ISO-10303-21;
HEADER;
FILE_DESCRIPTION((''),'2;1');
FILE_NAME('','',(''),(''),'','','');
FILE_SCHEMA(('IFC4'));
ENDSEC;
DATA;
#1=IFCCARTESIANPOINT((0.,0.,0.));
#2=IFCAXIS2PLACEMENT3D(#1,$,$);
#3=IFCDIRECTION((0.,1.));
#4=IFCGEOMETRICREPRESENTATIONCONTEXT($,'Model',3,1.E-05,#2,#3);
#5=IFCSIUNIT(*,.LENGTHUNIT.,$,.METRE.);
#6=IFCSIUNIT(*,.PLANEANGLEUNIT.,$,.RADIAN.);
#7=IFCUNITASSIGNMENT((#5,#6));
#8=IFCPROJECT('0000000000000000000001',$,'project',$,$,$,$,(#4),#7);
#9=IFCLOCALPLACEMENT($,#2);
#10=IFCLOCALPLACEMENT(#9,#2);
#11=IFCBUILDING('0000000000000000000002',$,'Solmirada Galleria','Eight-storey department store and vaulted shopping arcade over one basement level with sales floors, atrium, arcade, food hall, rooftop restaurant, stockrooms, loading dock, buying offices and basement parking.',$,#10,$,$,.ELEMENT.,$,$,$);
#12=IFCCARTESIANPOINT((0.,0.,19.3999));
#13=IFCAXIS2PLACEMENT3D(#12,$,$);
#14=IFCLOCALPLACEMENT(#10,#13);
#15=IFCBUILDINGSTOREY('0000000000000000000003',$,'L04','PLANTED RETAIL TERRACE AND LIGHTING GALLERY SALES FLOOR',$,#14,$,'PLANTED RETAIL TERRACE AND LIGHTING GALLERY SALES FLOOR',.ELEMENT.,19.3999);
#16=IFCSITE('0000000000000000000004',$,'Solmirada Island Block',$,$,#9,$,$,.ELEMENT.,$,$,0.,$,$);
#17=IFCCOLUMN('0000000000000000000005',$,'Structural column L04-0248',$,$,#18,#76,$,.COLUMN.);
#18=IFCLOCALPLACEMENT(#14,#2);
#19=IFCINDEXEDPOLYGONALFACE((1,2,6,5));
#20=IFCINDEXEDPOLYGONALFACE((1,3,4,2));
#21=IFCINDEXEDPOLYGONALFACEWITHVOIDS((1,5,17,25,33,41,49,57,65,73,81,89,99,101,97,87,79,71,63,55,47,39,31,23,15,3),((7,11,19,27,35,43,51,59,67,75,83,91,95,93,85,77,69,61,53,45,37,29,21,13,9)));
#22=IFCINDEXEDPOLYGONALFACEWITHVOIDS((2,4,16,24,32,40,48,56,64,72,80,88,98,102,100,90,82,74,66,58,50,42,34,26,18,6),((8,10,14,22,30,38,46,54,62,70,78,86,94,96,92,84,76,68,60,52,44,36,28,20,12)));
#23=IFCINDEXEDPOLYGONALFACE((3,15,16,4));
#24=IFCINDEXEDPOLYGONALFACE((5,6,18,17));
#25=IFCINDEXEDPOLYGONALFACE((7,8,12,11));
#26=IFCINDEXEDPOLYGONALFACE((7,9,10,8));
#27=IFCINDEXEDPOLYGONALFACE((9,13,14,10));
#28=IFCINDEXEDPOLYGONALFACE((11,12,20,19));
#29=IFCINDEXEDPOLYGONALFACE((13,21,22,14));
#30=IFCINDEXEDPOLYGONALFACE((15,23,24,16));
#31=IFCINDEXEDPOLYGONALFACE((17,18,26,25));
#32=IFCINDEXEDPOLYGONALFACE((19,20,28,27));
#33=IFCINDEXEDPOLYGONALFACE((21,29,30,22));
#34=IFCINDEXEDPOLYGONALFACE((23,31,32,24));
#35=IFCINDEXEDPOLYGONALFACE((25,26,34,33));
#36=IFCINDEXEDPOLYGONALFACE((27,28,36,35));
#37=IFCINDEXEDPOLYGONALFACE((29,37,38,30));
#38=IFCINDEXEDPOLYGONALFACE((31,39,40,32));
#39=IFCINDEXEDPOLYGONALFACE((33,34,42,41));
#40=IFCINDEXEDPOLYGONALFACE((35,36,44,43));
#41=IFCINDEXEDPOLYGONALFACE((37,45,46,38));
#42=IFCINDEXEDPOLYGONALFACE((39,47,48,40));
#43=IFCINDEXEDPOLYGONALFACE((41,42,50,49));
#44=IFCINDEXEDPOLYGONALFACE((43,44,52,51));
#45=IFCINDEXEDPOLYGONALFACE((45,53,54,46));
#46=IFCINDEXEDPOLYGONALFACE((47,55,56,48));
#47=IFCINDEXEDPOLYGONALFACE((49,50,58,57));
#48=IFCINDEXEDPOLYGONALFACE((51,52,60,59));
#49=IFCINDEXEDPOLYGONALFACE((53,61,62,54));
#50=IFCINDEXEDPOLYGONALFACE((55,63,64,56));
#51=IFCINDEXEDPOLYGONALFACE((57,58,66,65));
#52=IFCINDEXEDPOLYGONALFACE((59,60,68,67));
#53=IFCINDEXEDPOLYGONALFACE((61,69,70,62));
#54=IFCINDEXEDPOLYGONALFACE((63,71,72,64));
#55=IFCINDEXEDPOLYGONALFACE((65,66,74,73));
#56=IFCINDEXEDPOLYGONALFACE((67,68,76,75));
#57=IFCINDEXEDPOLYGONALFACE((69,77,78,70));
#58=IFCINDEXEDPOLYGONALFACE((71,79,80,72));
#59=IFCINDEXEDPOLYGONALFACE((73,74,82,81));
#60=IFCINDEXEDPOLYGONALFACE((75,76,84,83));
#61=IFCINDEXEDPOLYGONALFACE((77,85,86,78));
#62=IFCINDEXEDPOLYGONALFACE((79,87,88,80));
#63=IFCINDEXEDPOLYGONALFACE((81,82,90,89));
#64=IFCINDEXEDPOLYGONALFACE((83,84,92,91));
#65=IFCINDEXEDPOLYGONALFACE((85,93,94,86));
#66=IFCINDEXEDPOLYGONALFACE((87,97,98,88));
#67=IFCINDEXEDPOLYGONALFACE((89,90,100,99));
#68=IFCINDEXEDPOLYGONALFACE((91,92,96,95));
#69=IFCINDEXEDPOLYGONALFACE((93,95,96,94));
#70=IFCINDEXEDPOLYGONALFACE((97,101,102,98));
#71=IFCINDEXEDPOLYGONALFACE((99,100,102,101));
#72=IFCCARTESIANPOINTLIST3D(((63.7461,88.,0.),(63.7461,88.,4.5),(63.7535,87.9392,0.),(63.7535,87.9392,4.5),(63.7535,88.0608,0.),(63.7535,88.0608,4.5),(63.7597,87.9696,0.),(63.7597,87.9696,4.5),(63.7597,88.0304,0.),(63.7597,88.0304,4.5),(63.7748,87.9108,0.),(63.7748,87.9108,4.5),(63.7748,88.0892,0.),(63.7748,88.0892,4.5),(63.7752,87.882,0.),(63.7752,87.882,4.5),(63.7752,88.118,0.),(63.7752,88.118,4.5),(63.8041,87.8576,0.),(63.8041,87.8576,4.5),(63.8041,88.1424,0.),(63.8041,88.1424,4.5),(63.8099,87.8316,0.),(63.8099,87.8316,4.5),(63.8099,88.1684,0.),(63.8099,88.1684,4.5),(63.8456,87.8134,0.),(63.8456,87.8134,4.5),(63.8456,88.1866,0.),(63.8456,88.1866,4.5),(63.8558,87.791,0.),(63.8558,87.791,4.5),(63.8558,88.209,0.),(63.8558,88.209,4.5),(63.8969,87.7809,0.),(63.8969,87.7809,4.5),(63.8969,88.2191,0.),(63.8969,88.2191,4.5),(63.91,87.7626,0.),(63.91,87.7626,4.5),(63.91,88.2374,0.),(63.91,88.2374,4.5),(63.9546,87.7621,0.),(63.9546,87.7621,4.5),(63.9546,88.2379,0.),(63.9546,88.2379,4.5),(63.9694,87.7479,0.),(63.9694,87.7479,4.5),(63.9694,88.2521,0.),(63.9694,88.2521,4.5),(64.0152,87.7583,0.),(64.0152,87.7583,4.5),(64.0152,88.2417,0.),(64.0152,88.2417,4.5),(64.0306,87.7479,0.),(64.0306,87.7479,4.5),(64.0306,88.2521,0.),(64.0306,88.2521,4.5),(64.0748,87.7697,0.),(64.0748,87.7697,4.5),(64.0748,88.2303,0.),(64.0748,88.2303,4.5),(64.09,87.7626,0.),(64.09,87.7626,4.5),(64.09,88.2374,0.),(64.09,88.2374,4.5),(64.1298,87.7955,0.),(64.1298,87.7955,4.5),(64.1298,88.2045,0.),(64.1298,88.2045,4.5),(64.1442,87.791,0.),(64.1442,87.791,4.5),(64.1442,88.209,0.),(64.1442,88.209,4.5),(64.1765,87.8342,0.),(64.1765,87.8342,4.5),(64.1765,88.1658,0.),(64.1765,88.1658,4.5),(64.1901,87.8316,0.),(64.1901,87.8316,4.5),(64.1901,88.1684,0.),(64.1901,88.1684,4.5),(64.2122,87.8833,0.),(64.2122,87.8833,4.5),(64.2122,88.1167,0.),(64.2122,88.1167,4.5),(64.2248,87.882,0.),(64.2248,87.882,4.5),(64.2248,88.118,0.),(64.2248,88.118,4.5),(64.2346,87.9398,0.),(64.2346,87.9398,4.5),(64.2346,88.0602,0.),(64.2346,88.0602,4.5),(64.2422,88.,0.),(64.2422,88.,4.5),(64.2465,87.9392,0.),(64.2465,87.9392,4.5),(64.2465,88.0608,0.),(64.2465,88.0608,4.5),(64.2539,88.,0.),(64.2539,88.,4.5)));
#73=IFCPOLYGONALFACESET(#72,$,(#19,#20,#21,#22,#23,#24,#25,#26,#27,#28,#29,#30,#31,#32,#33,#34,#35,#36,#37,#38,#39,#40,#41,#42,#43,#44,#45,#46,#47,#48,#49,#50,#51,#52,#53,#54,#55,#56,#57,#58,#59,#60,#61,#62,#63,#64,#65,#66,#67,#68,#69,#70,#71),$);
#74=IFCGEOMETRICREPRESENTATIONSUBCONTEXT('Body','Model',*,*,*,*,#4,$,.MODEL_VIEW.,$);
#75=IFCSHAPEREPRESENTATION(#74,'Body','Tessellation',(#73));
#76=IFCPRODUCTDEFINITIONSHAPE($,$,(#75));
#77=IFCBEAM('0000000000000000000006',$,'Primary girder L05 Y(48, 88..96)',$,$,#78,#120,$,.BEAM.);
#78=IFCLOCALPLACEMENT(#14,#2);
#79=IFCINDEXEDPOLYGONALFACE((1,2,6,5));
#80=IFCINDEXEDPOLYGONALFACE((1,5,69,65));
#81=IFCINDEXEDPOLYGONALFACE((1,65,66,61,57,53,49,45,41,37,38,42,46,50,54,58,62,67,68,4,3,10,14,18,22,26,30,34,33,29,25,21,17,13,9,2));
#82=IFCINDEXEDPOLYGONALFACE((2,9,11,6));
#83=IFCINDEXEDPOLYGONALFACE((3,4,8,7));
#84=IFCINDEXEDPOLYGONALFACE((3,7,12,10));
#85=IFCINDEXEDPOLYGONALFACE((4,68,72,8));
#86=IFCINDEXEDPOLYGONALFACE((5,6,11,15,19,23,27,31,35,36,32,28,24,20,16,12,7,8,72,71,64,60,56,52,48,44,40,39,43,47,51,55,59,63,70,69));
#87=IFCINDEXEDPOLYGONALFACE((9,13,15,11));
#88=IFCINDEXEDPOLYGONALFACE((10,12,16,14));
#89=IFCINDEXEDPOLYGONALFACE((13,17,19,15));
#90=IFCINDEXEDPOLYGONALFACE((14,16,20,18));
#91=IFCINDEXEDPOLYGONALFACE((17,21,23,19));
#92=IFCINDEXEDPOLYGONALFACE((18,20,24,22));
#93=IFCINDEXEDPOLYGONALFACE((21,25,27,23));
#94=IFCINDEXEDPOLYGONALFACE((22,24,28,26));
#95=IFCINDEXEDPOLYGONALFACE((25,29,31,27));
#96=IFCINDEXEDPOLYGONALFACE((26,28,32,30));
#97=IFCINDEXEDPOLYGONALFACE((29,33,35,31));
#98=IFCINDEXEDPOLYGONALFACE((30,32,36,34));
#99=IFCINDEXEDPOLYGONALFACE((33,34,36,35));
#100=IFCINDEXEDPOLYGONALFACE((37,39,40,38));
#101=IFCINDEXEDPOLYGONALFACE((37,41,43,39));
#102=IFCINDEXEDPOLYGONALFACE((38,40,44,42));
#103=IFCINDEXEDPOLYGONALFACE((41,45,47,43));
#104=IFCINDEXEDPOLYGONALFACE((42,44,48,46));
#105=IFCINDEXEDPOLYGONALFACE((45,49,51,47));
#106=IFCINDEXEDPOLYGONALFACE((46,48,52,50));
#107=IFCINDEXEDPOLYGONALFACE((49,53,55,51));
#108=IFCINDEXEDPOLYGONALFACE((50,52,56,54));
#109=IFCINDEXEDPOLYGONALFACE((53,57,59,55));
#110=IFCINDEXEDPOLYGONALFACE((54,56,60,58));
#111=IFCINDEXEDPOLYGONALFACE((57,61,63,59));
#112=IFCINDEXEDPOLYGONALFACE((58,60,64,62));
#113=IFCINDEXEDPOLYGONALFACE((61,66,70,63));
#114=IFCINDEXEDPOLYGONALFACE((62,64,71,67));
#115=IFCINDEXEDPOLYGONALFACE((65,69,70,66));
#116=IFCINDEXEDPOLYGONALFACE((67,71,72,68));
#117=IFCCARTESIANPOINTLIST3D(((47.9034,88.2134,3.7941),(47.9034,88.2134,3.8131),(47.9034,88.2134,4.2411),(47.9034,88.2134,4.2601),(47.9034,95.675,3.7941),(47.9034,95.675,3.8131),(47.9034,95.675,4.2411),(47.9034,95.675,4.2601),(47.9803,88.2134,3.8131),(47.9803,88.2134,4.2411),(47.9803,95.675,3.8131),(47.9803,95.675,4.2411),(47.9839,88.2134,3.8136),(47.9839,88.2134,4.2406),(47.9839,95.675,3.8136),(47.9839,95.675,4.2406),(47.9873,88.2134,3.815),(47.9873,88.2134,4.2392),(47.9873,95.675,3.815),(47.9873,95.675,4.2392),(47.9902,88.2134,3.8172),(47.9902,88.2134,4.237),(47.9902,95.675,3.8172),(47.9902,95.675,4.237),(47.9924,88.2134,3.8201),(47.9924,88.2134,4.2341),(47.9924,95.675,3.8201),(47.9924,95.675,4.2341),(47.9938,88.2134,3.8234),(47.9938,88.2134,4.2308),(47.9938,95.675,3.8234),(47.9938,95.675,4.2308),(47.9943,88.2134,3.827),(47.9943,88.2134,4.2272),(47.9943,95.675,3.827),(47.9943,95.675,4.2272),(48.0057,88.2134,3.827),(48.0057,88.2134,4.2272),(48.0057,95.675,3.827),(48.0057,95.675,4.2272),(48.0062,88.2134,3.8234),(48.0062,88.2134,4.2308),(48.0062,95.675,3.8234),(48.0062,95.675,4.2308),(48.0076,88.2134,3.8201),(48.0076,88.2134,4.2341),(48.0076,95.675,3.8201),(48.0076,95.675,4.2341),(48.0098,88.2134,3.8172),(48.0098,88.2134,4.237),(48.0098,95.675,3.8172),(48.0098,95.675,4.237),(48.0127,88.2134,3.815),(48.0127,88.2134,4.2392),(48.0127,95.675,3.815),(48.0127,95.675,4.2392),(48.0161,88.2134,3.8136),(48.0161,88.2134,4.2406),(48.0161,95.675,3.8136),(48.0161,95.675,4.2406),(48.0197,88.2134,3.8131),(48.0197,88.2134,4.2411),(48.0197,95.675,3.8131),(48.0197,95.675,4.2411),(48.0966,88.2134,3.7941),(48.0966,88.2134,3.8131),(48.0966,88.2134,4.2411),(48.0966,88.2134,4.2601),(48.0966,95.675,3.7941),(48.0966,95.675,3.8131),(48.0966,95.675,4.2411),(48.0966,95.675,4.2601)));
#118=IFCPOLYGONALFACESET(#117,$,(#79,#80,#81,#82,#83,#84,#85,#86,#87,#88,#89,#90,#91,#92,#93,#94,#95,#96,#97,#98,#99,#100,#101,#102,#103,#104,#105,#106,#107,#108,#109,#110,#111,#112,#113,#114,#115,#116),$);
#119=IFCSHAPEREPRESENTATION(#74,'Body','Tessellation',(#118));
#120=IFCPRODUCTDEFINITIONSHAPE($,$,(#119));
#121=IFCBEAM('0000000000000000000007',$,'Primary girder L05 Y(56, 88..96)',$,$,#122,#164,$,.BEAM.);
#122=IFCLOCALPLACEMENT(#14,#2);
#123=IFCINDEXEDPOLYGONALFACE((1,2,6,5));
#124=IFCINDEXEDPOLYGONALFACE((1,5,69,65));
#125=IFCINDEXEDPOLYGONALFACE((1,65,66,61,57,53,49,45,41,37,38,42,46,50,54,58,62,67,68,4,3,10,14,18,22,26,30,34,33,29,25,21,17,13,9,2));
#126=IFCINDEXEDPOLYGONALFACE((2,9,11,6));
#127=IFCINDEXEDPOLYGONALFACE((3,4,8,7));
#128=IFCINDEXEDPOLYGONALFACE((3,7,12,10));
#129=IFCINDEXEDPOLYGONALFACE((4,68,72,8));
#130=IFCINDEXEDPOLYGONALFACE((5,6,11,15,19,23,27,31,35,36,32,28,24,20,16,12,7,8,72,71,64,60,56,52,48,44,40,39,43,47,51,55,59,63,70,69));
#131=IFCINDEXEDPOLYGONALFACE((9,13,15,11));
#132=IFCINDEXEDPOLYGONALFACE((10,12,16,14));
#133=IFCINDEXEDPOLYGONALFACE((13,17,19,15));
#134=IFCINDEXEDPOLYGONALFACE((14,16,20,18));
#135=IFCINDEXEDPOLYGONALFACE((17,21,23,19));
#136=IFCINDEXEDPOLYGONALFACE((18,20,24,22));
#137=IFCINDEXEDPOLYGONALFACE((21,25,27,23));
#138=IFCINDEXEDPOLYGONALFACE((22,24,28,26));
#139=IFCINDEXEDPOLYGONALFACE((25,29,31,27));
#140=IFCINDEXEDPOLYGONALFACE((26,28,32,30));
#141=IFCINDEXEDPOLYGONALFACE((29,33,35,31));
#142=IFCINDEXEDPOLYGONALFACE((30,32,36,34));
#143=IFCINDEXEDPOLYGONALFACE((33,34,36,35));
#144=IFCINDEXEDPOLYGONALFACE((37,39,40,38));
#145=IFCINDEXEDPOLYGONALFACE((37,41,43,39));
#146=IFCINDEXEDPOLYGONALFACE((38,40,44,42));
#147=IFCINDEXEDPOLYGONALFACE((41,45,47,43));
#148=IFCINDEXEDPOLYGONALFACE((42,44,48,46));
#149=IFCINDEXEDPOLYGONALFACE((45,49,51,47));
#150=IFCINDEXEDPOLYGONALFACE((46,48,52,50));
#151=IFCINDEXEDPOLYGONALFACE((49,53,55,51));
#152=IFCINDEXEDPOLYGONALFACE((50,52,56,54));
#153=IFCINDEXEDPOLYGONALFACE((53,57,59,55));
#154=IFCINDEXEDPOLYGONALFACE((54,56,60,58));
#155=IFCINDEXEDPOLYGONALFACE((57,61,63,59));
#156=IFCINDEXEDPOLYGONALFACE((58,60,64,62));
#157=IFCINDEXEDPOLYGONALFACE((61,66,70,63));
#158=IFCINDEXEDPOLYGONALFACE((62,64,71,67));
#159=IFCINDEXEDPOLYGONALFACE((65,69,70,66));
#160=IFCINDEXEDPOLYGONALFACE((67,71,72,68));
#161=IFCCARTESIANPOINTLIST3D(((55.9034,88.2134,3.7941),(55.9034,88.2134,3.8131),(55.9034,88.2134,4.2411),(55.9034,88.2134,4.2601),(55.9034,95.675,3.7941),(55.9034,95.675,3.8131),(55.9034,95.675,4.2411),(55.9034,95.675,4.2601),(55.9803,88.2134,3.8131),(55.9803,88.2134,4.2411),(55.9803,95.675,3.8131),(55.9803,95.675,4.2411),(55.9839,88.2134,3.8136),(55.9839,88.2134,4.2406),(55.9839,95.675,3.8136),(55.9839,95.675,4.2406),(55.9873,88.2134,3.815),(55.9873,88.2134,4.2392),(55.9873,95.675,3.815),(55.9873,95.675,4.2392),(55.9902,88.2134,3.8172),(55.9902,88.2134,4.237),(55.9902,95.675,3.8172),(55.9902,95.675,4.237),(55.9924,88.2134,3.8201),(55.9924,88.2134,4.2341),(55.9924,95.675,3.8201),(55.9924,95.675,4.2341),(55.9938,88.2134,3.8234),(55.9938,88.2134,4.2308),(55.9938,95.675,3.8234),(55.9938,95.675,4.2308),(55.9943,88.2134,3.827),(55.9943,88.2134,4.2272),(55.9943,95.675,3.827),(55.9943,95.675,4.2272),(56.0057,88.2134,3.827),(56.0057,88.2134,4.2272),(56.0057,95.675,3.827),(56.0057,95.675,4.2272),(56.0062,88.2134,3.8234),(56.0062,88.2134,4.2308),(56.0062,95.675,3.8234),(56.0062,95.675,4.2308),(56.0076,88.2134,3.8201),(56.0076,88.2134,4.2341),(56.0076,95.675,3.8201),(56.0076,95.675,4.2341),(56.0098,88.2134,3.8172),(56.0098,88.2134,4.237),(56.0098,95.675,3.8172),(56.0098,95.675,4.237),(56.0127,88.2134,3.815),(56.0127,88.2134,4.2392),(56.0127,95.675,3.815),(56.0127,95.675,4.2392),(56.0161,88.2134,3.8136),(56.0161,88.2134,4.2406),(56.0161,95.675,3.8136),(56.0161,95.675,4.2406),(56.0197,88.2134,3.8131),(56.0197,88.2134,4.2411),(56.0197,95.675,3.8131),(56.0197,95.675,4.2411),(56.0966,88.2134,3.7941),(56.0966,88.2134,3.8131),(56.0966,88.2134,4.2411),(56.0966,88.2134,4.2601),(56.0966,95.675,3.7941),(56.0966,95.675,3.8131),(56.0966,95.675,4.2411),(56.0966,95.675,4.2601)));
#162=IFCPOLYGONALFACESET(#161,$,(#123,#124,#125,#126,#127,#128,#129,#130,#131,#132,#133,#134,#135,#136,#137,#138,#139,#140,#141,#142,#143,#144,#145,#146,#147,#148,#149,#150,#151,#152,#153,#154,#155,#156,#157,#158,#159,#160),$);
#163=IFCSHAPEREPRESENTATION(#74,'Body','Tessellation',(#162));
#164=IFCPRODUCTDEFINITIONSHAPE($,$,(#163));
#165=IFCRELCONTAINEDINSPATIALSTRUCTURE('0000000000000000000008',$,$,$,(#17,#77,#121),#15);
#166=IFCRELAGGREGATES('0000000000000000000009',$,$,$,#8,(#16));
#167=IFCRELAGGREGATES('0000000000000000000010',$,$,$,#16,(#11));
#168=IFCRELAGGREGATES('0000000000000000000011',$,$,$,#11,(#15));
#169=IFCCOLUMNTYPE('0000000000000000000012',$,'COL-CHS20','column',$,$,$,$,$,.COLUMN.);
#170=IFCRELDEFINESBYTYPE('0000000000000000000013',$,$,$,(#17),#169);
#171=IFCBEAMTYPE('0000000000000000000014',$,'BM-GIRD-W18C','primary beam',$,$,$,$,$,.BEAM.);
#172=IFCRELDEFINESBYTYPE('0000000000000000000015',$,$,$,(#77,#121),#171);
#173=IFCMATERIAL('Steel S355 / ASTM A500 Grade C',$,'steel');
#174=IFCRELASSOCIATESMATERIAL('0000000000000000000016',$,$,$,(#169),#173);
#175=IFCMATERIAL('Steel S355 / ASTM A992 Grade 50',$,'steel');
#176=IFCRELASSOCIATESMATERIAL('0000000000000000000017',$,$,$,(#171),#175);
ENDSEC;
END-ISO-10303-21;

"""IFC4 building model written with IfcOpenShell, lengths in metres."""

from ifc_helpers import new_model, si_unit, direction, frame, origin, origin_2d, place, context, subcontext, project, spatial, hollow_circle, i_section, extrude, material, material_profile, profile_set, type_object, element, save


model = new_model("IFC4")

# Units and contexts
model_context = context("Model", 3, precision=1e-05, world=origin(), true_north=direction((0.0, 1.0)))
body_context = subcontext(model_context, "Body", "Model", "MODEL_VIEW")
ifc_project = project(units=[si_unit("LENGTHUNIT", "METRE"), si_unit("PLANEANGLEUNIT", "RADIAN")], contexts=[model_context])

# Site, building, storey
site_placement = place(None, origin())
site = spatial("IfcSite", under=ifc_project, at=site_placement, Name="Solmirada Island Block", CompositionType="ELEMENT", RefElevation=0.0)
building_placement = place(site_placement, origin())
building = spatial("IfcBuilding", under=site, at=building_placement, Name="Solmirada Galleria", Description="Eight-storey department store and vaulted shopping arcade over one basement level with sales floors, atrium, arcade, food hall, rooftop restaurant, stockrooms, loading dock, buying offices and basement parking.", CompositionType="ELEMENT")
storey_placement = place(building_placement, frame((0.0, 0.0, 19.3999)))
storey = spatial("IfcBuildingStorey", under=building, at=storey_placement, Name="L04", Description="PLANTED RETAIL TERRACE AND LIGHTING GALLERY SALES FLOOR", LongName="PLANTED RETAIL TERRACE AND LIGHTING GALLERY SALES FLOOR", CompositionType="ELEMENT", Elevation=19.3999)

# Column
ifc_material_1 = material(Name="Steel S355 / ASTM A500 Grade C", Category="steel")
ifc_material_profile_1 = material_profile(ifc_material_1, hollow_circle(Radius=0.2539, WallThickness=0.0117, at=origin_2d()), Name="HSS20.000X0.500")
ifc_profile_set_1 = profile_set([ifc_material_profile_1], Name="Steel S355 / ASTM A500 Grade C")
column_type = type_object("IfcColumnType", Name="COL-CHS20", Description="column", PredefinedType="COLUMN", material=ifc_profile_set_1)
for number, where, z_axis, x_axis, name in (
    (1, (64.0, 88.0, 0.0), (0.0, 0.0, 1.0), (1.0, 0.0, 0.0), "Structural column L04-0248"),
):
    element("IfcColumn", number, at=place(storey_placement, frame(where, z_axis=z_axis, x_axis=x_axis)), inside=storey, type_object=column_type, Name=name, PredefinedType="COLUMN", context=body_context, shape_type="SweptSolid", body=[
        extrude(hollow_circle(Radius=0.2539, WallThickness=0.0117, at=origin_2d()), origin(), (0.0, 0.0, 1.0), 4.5),
    ])

# Beams
ifc_material_2 = material(Name="Steel S355 / ASTM A992 Grade 50", Category="steel")
ifc_material_profile_2 = material_profile(ifc_material_2, i_section(OverallWidth=0.1931, OverallDepth=0.4661, WebThickness=0.0115, FlangeThickness=0.019, FilletRadius=0.0139, at=origin_2d()), Name="W18X65")
ifc_profile_set_2 = profile_set([ifc_material_profile_2], Name="Steel S355 / ASTM A992 Grade 50")
beam_type_1 = type_object("IfcBeamType", Name="BM-GIRD-W18C", Description="primary beam", PredefinedType="BEAM", material=ifc_profile_set_2)
for number, where, z_axis, x_axis, name in (
    (2, (48.0, 88.2134, 4.0271), (0.0, 1.0, 0.0), (-1.0, 0.0, 0.0), "Primary girder L05 Y(48, 88..96)"),
    (3, (56.0, 88.2134, 4.0271), (0.0, 1.0, 0.0), (-1.0, 0.0, 0.0), "Primary girder L05 Y(56, 88..96)"),
):
    element("IfcBeam", number, at=place(storey_placement, frame(where, z_axis=z_axis, x_axis=x_axis)), inside=storey, type_object=beam_type_1, Name=name, PredefinedType="BEAM", context=body_context, shape_type="SweptSolid", body=[
        extrude(i_section(OverallWidth=0.1931, OverallDepth=0.4661, WebThickness=0.0115, FlangeThickness=0.019, FilletRadius=0.0139, at=origin_2d()), origin(), (0.0, 0.0, 1.0), 7.4617),
    ])

save(model, "model.ifc")
